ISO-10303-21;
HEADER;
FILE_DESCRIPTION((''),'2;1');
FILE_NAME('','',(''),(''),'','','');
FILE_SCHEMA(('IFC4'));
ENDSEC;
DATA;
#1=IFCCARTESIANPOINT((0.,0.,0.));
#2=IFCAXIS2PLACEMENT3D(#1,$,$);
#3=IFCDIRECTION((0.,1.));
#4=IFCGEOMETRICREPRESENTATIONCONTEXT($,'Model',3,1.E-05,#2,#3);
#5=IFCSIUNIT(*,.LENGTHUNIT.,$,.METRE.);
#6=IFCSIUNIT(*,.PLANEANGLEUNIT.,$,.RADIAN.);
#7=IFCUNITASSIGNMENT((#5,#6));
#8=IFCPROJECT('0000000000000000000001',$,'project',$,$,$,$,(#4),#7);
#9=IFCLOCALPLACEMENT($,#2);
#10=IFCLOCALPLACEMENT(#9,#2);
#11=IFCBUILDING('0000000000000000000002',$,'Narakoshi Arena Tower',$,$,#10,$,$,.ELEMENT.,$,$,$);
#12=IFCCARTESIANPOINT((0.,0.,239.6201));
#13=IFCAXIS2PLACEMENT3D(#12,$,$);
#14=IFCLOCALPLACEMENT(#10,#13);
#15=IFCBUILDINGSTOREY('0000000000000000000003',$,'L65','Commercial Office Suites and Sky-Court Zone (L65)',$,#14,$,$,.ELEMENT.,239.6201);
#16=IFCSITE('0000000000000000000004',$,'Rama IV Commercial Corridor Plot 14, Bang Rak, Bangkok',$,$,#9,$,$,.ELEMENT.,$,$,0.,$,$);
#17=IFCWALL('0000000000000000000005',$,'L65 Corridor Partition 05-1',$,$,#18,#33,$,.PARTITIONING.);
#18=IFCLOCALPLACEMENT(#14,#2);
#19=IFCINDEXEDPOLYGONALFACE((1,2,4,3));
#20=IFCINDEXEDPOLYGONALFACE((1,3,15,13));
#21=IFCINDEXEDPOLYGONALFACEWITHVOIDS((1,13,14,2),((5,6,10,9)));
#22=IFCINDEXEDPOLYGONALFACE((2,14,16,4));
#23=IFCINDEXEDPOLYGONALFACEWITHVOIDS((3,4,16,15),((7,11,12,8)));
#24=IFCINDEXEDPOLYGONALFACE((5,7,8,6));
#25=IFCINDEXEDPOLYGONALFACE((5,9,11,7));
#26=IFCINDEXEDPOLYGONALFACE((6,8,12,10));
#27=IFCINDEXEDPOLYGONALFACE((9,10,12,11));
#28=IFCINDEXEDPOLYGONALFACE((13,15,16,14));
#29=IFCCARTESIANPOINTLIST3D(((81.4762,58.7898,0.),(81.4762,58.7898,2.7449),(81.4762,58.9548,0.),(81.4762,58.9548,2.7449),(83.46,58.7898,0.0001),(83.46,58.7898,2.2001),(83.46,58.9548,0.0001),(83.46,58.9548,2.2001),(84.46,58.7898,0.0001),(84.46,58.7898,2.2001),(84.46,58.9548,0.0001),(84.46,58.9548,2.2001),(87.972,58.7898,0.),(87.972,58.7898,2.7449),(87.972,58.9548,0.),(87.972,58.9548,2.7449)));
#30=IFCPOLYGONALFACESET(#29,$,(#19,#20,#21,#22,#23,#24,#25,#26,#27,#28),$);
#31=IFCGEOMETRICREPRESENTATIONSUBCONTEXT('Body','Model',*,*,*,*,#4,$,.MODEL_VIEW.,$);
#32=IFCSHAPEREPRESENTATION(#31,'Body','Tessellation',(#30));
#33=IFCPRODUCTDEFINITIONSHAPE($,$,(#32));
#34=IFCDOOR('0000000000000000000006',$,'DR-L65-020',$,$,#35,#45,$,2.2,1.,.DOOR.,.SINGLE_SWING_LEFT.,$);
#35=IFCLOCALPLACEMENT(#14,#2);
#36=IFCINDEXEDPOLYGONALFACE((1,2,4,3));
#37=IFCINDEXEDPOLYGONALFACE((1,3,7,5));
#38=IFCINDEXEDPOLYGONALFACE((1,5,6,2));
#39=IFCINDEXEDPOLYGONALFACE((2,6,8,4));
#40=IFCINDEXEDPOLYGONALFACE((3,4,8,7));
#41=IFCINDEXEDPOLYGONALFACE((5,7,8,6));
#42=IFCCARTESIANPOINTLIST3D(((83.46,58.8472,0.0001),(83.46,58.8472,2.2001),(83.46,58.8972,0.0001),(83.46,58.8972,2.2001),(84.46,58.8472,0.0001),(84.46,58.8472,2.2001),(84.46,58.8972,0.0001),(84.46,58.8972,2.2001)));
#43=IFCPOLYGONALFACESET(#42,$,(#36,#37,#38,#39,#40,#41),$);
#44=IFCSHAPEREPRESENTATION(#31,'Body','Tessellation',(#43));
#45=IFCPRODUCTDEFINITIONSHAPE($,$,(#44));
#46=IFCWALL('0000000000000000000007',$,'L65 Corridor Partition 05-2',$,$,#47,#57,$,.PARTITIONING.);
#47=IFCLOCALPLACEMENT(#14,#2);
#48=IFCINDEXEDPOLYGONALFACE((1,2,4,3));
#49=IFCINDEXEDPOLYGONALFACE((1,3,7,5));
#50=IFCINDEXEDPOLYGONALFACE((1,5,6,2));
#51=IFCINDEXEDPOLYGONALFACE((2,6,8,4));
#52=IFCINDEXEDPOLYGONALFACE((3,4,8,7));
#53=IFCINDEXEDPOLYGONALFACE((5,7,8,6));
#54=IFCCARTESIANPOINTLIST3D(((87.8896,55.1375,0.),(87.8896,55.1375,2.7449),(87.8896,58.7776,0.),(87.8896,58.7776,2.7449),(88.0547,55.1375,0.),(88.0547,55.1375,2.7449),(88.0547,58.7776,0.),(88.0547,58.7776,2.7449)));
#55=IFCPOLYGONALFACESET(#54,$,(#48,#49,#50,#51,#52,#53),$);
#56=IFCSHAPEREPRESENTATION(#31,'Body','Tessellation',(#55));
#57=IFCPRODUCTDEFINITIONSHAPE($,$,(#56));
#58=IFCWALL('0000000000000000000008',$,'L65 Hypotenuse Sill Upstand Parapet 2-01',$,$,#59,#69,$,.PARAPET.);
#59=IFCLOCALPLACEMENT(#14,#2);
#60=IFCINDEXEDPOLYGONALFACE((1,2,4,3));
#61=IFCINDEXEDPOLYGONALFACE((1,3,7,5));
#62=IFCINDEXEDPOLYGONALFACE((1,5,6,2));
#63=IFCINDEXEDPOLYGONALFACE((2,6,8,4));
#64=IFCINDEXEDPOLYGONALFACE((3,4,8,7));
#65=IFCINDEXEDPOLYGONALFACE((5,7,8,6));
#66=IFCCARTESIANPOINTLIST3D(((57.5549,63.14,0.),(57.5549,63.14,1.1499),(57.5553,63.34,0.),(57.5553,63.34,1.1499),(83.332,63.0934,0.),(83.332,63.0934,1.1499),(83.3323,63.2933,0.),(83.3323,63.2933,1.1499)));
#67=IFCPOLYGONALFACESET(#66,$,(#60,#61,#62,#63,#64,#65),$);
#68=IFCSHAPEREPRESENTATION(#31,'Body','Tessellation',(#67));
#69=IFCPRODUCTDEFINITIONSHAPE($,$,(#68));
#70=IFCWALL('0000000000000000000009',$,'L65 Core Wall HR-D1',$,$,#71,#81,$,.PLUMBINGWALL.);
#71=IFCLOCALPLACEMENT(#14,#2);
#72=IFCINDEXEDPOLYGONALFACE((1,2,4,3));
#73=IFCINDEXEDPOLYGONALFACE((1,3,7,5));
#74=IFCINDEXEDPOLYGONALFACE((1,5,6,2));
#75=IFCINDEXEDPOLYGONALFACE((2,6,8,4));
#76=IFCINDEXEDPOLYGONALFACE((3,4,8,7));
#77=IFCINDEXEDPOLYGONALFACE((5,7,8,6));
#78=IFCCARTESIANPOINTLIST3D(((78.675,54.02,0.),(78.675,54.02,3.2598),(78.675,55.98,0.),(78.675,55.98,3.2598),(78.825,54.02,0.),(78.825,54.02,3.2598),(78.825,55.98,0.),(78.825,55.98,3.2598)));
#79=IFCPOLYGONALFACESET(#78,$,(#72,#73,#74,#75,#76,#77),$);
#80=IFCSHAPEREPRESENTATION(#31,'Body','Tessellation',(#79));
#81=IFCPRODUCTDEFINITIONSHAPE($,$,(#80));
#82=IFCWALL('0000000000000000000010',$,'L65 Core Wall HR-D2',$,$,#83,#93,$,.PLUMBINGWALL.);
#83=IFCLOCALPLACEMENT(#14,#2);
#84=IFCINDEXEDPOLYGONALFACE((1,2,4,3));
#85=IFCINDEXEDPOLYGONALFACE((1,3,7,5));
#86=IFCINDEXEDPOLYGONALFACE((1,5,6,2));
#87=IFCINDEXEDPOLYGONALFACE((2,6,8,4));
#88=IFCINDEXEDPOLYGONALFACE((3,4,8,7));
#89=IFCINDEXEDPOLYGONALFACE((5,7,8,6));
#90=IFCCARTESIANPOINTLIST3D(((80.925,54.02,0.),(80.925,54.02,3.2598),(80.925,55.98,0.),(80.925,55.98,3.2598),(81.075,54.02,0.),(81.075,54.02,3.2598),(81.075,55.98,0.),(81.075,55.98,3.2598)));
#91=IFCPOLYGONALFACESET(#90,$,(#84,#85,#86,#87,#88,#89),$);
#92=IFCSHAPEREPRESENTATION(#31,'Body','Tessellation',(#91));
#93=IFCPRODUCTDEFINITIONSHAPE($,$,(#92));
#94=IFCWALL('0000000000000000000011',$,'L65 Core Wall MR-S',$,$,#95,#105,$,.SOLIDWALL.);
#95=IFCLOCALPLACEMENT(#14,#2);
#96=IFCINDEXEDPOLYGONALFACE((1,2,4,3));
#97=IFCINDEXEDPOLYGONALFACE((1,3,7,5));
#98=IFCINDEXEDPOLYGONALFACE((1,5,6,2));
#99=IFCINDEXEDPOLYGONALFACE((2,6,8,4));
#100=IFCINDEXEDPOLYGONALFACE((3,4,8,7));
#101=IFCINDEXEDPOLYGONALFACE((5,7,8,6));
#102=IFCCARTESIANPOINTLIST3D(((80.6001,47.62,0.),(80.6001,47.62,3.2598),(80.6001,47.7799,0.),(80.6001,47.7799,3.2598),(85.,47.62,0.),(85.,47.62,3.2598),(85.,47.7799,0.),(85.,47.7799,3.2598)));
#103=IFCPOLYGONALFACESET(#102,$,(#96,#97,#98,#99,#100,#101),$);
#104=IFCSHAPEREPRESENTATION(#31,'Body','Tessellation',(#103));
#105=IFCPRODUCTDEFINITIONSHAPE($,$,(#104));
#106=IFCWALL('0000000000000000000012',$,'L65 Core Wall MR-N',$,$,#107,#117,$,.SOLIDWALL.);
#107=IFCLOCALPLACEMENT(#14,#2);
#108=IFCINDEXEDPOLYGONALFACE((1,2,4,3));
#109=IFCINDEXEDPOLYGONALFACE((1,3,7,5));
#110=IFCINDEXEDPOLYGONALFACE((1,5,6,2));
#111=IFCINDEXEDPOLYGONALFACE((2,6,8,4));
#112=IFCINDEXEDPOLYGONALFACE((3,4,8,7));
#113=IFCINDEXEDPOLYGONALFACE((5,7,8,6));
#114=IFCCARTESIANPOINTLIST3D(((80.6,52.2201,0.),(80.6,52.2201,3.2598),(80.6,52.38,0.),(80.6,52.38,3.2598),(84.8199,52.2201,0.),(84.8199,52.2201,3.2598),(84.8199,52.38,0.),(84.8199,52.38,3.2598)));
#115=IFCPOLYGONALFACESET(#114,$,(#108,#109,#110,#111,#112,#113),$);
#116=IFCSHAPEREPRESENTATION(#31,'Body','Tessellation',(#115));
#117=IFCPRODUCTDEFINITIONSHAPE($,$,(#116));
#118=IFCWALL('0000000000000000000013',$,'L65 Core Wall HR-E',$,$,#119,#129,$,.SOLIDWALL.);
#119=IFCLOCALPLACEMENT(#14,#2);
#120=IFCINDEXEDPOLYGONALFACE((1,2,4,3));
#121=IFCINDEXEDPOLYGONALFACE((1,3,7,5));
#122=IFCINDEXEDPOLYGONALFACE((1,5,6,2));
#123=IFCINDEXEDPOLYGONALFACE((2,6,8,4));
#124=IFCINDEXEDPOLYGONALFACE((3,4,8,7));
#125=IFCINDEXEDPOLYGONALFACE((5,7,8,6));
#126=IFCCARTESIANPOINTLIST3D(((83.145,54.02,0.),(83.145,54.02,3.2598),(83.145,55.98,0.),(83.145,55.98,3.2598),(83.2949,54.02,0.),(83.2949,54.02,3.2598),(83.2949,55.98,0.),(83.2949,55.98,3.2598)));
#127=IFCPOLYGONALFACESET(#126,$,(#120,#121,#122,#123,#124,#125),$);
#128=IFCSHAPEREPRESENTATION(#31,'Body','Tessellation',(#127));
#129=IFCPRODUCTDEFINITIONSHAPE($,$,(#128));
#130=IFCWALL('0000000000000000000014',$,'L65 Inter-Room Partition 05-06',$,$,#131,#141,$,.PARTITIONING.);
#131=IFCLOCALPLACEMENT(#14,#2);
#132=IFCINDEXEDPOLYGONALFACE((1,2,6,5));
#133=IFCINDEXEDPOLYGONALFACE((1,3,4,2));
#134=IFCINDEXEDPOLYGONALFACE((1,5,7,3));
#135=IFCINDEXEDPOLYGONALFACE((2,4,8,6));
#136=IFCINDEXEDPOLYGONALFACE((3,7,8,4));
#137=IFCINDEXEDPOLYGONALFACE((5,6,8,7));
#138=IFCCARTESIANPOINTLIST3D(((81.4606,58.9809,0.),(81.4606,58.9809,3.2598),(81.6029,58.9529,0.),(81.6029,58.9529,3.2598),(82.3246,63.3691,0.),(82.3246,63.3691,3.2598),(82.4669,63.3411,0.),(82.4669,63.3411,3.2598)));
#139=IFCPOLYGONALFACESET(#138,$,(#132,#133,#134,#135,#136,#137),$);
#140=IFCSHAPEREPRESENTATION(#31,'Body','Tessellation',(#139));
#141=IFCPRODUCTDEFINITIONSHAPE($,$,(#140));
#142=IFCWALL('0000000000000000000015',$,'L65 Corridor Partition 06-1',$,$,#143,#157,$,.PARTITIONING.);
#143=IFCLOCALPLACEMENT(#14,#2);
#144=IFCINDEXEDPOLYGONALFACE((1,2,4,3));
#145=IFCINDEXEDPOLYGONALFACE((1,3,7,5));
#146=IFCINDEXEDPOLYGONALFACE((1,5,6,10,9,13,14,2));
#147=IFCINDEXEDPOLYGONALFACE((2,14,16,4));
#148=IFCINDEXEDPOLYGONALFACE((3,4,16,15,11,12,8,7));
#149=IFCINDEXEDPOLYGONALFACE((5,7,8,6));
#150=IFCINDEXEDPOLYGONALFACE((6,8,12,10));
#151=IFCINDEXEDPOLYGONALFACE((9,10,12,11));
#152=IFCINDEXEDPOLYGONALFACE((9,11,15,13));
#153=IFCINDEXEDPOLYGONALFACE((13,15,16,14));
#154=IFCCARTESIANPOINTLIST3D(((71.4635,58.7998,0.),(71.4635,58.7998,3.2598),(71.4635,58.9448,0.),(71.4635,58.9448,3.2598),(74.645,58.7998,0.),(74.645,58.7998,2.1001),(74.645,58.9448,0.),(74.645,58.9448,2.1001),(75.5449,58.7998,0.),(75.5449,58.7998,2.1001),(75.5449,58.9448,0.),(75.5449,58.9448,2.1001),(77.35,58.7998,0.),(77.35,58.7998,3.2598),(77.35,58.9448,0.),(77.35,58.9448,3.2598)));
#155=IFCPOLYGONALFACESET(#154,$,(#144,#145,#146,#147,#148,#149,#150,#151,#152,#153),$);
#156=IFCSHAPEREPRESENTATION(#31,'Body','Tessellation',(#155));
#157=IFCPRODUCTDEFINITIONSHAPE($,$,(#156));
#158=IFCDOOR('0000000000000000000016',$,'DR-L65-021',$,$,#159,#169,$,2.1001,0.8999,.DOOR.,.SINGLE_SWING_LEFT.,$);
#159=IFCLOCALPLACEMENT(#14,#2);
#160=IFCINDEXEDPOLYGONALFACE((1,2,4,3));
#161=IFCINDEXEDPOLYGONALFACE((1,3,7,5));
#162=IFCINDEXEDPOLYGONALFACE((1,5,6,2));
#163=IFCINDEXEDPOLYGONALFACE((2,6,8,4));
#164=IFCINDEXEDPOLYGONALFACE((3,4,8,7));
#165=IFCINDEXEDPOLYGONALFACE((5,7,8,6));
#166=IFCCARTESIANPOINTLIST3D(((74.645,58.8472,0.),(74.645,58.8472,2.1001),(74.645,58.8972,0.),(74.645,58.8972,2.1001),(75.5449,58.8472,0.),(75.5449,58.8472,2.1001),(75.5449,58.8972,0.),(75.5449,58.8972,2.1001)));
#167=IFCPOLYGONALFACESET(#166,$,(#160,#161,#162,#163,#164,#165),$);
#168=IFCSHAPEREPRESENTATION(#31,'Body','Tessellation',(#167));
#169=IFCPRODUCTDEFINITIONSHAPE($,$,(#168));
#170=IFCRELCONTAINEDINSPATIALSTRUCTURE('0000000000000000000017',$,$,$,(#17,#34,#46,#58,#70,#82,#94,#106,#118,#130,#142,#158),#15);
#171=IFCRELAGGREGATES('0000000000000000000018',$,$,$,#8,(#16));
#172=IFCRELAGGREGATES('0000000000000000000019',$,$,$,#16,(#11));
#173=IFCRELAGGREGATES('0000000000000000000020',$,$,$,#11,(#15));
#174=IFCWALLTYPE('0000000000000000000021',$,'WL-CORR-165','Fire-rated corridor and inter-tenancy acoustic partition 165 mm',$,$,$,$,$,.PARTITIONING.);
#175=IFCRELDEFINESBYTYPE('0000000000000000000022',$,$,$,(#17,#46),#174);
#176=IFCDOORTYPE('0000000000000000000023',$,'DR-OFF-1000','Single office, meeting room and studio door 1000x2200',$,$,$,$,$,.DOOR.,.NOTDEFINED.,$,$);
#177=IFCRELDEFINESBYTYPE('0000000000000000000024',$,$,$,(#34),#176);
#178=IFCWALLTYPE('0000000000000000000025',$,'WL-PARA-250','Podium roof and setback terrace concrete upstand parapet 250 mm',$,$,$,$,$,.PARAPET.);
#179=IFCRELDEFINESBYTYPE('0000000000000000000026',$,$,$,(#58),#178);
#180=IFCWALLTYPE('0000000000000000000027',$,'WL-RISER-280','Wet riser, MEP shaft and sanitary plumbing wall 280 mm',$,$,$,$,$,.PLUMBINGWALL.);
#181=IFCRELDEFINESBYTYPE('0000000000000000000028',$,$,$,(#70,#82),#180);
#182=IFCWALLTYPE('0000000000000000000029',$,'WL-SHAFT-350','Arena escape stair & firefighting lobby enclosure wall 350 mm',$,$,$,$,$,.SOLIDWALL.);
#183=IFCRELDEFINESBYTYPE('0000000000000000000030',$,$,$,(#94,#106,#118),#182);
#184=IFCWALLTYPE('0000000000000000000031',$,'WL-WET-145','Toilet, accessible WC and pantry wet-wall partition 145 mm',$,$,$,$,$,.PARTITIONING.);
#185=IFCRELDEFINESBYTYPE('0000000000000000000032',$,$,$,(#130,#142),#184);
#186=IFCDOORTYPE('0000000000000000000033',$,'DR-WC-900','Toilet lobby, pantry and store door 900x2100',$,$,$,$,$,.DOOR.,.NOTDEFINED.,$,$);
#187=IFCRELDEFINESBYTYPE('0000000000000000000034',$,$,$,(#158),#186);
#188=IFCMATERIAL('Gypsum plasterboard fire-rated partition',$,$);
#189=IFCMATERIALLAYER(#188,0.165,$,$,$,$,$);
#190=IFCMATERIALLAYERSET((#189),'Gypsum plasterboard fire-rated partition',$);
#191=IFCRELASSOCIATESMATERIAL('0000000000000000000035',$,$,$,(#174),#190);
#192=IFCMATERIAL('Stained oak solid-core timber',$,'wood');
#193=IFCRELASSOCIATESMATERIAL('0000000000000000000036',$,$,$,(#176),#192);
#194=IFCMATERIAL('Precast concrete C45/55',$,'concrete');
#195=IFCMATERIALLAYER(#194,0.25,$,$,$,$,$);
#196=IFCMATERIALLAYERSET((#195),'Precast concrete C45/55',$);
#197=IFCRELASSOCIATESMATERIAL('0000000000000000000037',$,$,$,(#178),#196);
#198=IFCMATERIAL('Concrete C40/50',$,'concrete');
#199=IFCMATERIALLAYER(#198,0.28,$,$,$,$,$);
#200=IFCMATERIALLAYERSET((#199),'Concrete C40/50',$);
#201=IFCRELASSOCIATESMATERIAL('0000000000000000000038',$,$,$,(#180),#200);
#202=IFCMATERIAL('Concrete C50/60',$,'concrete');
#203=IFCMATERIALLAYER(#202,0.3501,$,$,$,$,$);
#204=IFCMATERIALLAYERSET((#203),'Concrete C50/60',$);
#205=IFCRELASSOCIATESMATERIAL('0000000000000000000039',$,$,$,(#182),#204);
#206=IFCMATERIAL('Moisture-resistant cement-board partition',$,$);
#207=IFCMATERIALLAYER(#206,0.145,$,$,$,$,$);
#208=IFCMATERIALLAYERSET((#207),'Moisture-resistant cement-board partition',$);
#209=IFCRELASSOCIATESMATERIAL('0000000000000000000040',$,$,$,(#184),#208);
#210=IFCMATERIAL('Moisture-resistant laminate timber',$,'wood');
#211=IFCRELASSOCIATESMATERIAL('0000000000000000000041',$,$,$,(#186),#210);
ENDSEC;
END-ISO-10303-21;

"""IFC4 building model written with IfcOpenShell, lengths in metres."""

from ifc_helpers import new_model, si_unit, direction, frame, frame_2d, origin, place, context, subcontext, project, spatial, rectangle, extrude, material, layer, layer_set, type_object, element, fill, save


model = new_model("IFC4")

# Units and contexts
model_context = context("Model", 3, precision=1e-05, world=origin(), true_north=direction((0.0, 1.0)))
body_context = subcontext(model_context, "Body", "Model", "MODEL_VIEW")
ifc_project = project(units=[si_unit("LENGTHUNIT", "METRE"), si_unit("PLANEANGLEUNIT", "RADIAN")], contexts=[model_context])

# Site, building, storey
site_placement = place(None, origin())
site = spatial("IfcSite", under=ifc_project, at=site_placement, Name="Rama IV Commercial Corridor Plot 14, Bang Rak, Bangkok", CompositionType="ELEMENT", RefElevation=0.0)
building_placement = place(site_placement, origin())
building = spatial("IfcBuilding", under=site, at=building_placement, Name="Narakoshi Arena Tower", CompositionType="ELEMENT")
storey_placement = place(building_placement, frame((0.0, 0.0, 239.6201)))
storey = spatial("IfcBuildingStorey", under=building, at=storey_placement, Name="L65", Description="Commercial Office Suites and Sky-Court Zone (L65)", CompositionType="ELEMENT", Elevation=239.6201)

# Shared definitions
ifc_material_1 = material(Name="Concrete C50/60", Category="concrete")

# Wall, opening, door
ifc_material_2 = material(Name="Gypsum plasterboard fire-rated partition")
ifc_layer_1 = layer(ifc_material_2, 0.165)
ifc_layer_set_1 = layer_set([ifc_layer_1], Name="Gypsum plasterboard fire-rated partition")
wall_type_1 = type_object("IfcWallType", Name="WL-CORR-165", Description="Fire-rated corridor and inter-tenancy acoustic partition 165 mm", PredefinedType="PARTITIONING", material=ifc_layer_set_1)
ifc_material_3 = material(Name="Stained oak solid-core timber", Category="wood")
door_type_1 = type_object("IfcDoorType", Name="DR-OFF-1000", Description="Single office, meeting room and studio door 1000x2200", OperationType="NOTDEFINED", PredefinedType="DOOR", material=ifc_material_3)
wall_1_placement = place(storey_placement, frame((87.9722, 58.8723, 0.0), z_axis=(0.0, 0.0, 1.0), x_axis=(-1.0, 0.0, 0.0)))
wall_1 = element("IfcWall", 1, at=wall_1_placement, inside=storey, type_object=wall_type_1, Name="L65 Corridor Partition 05-1", PredefinedType="PARTITIONING", context=body_context, shape_type="SweptSolid", body=[
    extrude(rectangle(XDim=6.4958, YDim=0.165, at=frame_2d((3.248, 0.0))), origin(), (0.0, 0.0, 1.0), 2.7449),
])
opening_1_placement = place(wall_1_placement, frame((3.5122, 0.0, 0.0)))
opening_1 = element("IfcOpeningElement", 2, at=opening_1_placement, cuts=wall_1, PredefinedType="OPENING", context=body_context, shape_type="SweptSolid", body=[
    extrude(rectangle(XDim=1.0, YDim=2.2, at=frame_2d((0.5, 1.1001))), frame((0.0, 0.0925, 0.0), z_axis=(0.0, -1.0, 0.0), x_axis=(1.0, 0.0, 0.0)), (0.0, 0.0, 1.0), 0.1851),
])
door_1_placement = place(opening_1_placement, frame((1.0, 0.0, 0.0), z_axis=(0.0, 0.0, 1.0), x_axis=(-1.0, 0.0, 0.0)))
door_1 = element("IfcDoor", 3, at=door_1_placement, inside=storey, type_object=door_type_1, Name="DR-L65-020", OperationType="SINGLE_SWING_LEFT", OverallHeight=2.2, OverallWidth=1.0, PredefinedType="DOOR", context=body_context, shape_type="SweptSolid", body=[
    extrude(rectangle(XDim=1.0, YDim=2.2, at=frame_2d((0.5, 1.1001))), frame((0.0, 0.0249, 0.0), z_axis=(0.0, -1.0, 0.0), x_axis=(1.0, 0.0, 0.0)), (0.0, 0.0, 1.0), 0.05),
])
fill(opening_1, door_1)

# Walls
wall_2_placement = place(storey_placement, frame((87.9722, 55.1375, 0.0), z_axis=(0.0, 0.0, 1.0), x_axis=(0.0, 1.0, 0.0)))
element("IfcWall", 4, at=wall_2_placement, inside=storey, type_object=wall_type_1, Name="L65 Corridor Partition 05-2", PredefinedType="PARTITIONING", context=body_context, shape_type="SweptSolid", body=[
    extrude(rectangle(XDim=3.6401, YDim=0.165, at=frame_2d((1.8201, 0.0))), origin(), (0.0, 0.0, 1.0), 2.7449),
])
ifc_material_4 = material(Name="Precast concrete C45/55", Category="concrete")
ifc_layer_2 = layer(ifc_material_4, 0.25)
ifc_layer_set_2 = layer_set([ifc_layer_2], Name="Precast concrete C45/55")
wall_type_2 = type_object("IfcWallType", Name="WL-PARA-250", Description="Podium roof and setback terrace concrete upstand parapet 250 mm", PredefinedType="PARAPET", material=ifc_layer_set_2)
wall_3_placement = place(storey_placement, frame((83.3323, 63.1934, 0.0), z_axis=(0.0, 0.0, 1.0), x_axis=(-0.999998, 0.001809, 0.0)))
element("IfcWall", 5, at=wall_3_placement, inside=storey, type_object=wall_type_2, Name="L65 Hypotenuse Sill Upstand Parapet 2-01", PredefinedType="PARAPET", context=body_context, shape_type="SweptSolid", body=[
    extrude(rectangle(XDim=25.7771, YDim=0.2, at=frame_2d((12.8887, 0.0))), origin(), (0.0, 0.0, 1.0), 1.1499),
])
ifc_material_5 = material(Name="Concrete C40/50", Category="concrete")
ifc_layer_3 = layer(ifc_material_5, 0.28)
ifc_layer_set_3 = layer_set([ifc_layer_3], Name="Concrete C40/50")
wall_type_3 = type_object("IfcWallType", Name="WL-RISER-280", Description="Wet riser, MEP shaft and sanitary plumbing wall 280 mm", PredefinedType="PLUMBINGWALL", material=ifc_layer_set_3)
for number, where, z_axis, x_axis, name in (
    (6, (78.75, 54.02, 0.0), (0.0, 0.0, 1.0), (0.0, 1.0, 0.0), "L65 Core Wall HR-D1"),
    (7, (81.0, 54.02, 0.0), (0.0, 0.0, 1.0), (0.0, 1.0, 0.0), "L65 Core Wall HR-D2"),
):
    element("IfcWall", number, at=place(storey_placement, frame(where, z_axis=z_axis, x_axis=x_axis)), inside=storey, type_object=wall_type_3, Name=name, PredefinedType="PLUMBINGWALL", context=body_context, shape_type="SweptSolid", body=[
        extrude(rectangle(XDim=1.96, YDim=0.1499, at=frame_2d((0.98, 0.0))), origin(), (0.0, 0.0, 1.0), 3.2598),
    ])
ifc_layer_4 = layer(ifc_material_1, 0.3501)
ifc_layer_set_4 = layer_set([ifc_layer_4], Name="Concrete C50/60")
wall_type_4 = type_object("IfcWallType", Name="WL-SHAFT-350", Description="Arena escape stair & firefighting lobby enclosure wall 350 mm", PredefinedType="SOLIDWALL", material=ifc_layer_set_4)
wall_4_placement = place(storey_placement, frame((80.6001, 47.7, 0.0), z_axis=(0.0, 0.0, 1.0), x_axis=(1.0, 0.0, 0.0)))
element("IfcWall", 8, at=wall_4_placement, inside=storey, type_object=wall_type_4, Name="L65 Core Wall MR-S", PredefinedType="SOLIDWALL", context=body_context, shape_type="SweptSolid", body=[
    extrude(rectangle(XDim=4.3999, YDim=0.1599, at=frame_2d((2.2, 0.0))), origin(), (0.0, 0.0, 1.0), 3.2598),
])
wall_5_placement = place(storey_placement, frame((80.6001, 52.3, 0.0), z_axis=(0.0, 0.0, 1.0), x_axis=(1.0, 0.0, 0.0)))
element("IfcWall", 9, at=wall_5_placement, inside=storey, type_object=wall_type_4, Name="L65 Core Wall MR-N", PredefinedType="SOLIDWALL", context=body_context, shape_type="SweptSolid", body=[
    extrude(rectangle(XDim=4.22, YDim=0.1599, at=frame_2d((2.1099, 0.0))), origin(), (0.0, 0.0, 1.0), 3.2598),
])
wall_6_placement = place(storey_placement, frame((83.22, 54.02, 0.0), z_axis=(0.0, 0.0, 1.0), x_axis=(0.0, 1.0, 0.0)))
element("IfcWall", 10, at=wall_6_placement, inside=storey, type_object=wall_type_4, Name="L65 Core Wall HR-E", PredefinedType="SOLIDWALL", context=body_context, shape_type="SweptSolid", body=[
    extrude(rectangle(XDim=1.96, YDim=0.1499, at=frame_2d((0.98, 0.0))), origin(), (0.0, 0.0, 1.0), 3.2598),
])
ifc_material_6 = material(Name="Moisture-resistant cement-board partition")
ifc_layer_5 = layer(ifc_material_6, 0.145)
ifc_layer_set_5 = layer_set([ifc_layer_5], Name="Moisture-resistant cement-board partition")
wall_type_5 = type_object("IfcWallType", Name="WL-WET-145", Description="Toilet, accessible WC and pantry wet-wall partition 145 mm", PredefinedType="PARTITIONING", material=ifc_layer_set_5)
wall_7_placement = place(storey_placement, frame((81.5317, 58.9668, 0.0), z_axis=(0.0, 0.0, 1.0), x_axis=(0.193186, 0.981162, 0.0)))
element("IfcWall", 11, at=wall_7_placement, inside=storey, type_object=wall_type_5, Name="L65 Inter-Room Partition 05-06", PredefinedType="PARTITIONING", context=body_context, shape_type="SweptSolid", body=[
    extrude(rectangle(XDim=4.4724, YDim=0.145, at=frame_2d((2.2363, 0.0))), origin(), (0.0, 0.0, 1.0), 3.2598),
])

# Wall, opening, door
wall_8_placement = place(storey_placement, frame((77.3501, 58.8723, 0.0), z_axis=(0.0, 0.0, 1.0), x_axis=(-1.0, 0.0, 0.0)))
wall_8 = element("IfcWall", 12, at=wall_8_placement, inside=storey, type_object=wall_type_5, Name="L65 Corridor Partition 06-1", PredefinedType="PARTITIONING", context=body_context, shape_type="SweptSolid", body=[
    extrude(rectangle(XDim=5.8865, YDim=0.145, at=frame_2d((2.9434, 0.0))), origin(), (0.0, 0.0, 1.0), 3.2598),
])
opening_2_placement = place(wall_8_placement, frame((1.8052, 0.0, 0.0)))
opening_2 = element("IfcOpeningElement", 13, at=opening_2_placement, cuts=wall_8, PredefinedType="OPENING", context=body_context, shape_type="SweptSolid", body=[
    extrude(rectangle(XDim=0.8999, YDim=2.1001, at=frame_2d((0.45, 1.05))), frame((0.0, 0.0825, 0.0), z_axis=(0.0, -1.0, 0.0), x_axis=(1.0, 0.0, 0.0)), (0.0, 0.0, 1.0), 0.165),
])
ifc_material_7 = material(Name="Moisture-resistant laminate timber", Category="wood")
door_type_2 = type_object("IfcDoorType", Name="DR-WC-900", Description="Toilet lobby, pantry and store door 900x2100", OperationType="NOTDEFINED", PredefinedType="DOOR", material=ifc_material_7)
door_2_placement = place(opening_2_placement, frame((0.8999, 0.0, 0.0), z_axis=(0.0, 0.0, 1.0), x_axis=(-1.0, 0.0, 0.0)))
door_2 = element("IfcDoor", 14, at=door_2_placement, inside=storey, type_object=door_type_2, Name="DR-L65-021", OperationType="SINGLE_SWING_LEFT", OverallHeight=2.1001, OverallWidth=0.8999, PredefinedType="DOOR", context=body_context, shape_type="SweptSolid", body=[
    extrude(rectangle(XDim=0.8999, YDim=2.1001, at=frame_2d((0.45, 1.05))), frame((0.0, 0.0249, 0.0), z_axis=(0.0, -1.0, 0.0), x_axis=(1.0, 0.0, 0.0)), (0.0, 0.0, 1.0), 0.05),
])
fill(opening_2, door_2)

save(model, "model.ifc")
